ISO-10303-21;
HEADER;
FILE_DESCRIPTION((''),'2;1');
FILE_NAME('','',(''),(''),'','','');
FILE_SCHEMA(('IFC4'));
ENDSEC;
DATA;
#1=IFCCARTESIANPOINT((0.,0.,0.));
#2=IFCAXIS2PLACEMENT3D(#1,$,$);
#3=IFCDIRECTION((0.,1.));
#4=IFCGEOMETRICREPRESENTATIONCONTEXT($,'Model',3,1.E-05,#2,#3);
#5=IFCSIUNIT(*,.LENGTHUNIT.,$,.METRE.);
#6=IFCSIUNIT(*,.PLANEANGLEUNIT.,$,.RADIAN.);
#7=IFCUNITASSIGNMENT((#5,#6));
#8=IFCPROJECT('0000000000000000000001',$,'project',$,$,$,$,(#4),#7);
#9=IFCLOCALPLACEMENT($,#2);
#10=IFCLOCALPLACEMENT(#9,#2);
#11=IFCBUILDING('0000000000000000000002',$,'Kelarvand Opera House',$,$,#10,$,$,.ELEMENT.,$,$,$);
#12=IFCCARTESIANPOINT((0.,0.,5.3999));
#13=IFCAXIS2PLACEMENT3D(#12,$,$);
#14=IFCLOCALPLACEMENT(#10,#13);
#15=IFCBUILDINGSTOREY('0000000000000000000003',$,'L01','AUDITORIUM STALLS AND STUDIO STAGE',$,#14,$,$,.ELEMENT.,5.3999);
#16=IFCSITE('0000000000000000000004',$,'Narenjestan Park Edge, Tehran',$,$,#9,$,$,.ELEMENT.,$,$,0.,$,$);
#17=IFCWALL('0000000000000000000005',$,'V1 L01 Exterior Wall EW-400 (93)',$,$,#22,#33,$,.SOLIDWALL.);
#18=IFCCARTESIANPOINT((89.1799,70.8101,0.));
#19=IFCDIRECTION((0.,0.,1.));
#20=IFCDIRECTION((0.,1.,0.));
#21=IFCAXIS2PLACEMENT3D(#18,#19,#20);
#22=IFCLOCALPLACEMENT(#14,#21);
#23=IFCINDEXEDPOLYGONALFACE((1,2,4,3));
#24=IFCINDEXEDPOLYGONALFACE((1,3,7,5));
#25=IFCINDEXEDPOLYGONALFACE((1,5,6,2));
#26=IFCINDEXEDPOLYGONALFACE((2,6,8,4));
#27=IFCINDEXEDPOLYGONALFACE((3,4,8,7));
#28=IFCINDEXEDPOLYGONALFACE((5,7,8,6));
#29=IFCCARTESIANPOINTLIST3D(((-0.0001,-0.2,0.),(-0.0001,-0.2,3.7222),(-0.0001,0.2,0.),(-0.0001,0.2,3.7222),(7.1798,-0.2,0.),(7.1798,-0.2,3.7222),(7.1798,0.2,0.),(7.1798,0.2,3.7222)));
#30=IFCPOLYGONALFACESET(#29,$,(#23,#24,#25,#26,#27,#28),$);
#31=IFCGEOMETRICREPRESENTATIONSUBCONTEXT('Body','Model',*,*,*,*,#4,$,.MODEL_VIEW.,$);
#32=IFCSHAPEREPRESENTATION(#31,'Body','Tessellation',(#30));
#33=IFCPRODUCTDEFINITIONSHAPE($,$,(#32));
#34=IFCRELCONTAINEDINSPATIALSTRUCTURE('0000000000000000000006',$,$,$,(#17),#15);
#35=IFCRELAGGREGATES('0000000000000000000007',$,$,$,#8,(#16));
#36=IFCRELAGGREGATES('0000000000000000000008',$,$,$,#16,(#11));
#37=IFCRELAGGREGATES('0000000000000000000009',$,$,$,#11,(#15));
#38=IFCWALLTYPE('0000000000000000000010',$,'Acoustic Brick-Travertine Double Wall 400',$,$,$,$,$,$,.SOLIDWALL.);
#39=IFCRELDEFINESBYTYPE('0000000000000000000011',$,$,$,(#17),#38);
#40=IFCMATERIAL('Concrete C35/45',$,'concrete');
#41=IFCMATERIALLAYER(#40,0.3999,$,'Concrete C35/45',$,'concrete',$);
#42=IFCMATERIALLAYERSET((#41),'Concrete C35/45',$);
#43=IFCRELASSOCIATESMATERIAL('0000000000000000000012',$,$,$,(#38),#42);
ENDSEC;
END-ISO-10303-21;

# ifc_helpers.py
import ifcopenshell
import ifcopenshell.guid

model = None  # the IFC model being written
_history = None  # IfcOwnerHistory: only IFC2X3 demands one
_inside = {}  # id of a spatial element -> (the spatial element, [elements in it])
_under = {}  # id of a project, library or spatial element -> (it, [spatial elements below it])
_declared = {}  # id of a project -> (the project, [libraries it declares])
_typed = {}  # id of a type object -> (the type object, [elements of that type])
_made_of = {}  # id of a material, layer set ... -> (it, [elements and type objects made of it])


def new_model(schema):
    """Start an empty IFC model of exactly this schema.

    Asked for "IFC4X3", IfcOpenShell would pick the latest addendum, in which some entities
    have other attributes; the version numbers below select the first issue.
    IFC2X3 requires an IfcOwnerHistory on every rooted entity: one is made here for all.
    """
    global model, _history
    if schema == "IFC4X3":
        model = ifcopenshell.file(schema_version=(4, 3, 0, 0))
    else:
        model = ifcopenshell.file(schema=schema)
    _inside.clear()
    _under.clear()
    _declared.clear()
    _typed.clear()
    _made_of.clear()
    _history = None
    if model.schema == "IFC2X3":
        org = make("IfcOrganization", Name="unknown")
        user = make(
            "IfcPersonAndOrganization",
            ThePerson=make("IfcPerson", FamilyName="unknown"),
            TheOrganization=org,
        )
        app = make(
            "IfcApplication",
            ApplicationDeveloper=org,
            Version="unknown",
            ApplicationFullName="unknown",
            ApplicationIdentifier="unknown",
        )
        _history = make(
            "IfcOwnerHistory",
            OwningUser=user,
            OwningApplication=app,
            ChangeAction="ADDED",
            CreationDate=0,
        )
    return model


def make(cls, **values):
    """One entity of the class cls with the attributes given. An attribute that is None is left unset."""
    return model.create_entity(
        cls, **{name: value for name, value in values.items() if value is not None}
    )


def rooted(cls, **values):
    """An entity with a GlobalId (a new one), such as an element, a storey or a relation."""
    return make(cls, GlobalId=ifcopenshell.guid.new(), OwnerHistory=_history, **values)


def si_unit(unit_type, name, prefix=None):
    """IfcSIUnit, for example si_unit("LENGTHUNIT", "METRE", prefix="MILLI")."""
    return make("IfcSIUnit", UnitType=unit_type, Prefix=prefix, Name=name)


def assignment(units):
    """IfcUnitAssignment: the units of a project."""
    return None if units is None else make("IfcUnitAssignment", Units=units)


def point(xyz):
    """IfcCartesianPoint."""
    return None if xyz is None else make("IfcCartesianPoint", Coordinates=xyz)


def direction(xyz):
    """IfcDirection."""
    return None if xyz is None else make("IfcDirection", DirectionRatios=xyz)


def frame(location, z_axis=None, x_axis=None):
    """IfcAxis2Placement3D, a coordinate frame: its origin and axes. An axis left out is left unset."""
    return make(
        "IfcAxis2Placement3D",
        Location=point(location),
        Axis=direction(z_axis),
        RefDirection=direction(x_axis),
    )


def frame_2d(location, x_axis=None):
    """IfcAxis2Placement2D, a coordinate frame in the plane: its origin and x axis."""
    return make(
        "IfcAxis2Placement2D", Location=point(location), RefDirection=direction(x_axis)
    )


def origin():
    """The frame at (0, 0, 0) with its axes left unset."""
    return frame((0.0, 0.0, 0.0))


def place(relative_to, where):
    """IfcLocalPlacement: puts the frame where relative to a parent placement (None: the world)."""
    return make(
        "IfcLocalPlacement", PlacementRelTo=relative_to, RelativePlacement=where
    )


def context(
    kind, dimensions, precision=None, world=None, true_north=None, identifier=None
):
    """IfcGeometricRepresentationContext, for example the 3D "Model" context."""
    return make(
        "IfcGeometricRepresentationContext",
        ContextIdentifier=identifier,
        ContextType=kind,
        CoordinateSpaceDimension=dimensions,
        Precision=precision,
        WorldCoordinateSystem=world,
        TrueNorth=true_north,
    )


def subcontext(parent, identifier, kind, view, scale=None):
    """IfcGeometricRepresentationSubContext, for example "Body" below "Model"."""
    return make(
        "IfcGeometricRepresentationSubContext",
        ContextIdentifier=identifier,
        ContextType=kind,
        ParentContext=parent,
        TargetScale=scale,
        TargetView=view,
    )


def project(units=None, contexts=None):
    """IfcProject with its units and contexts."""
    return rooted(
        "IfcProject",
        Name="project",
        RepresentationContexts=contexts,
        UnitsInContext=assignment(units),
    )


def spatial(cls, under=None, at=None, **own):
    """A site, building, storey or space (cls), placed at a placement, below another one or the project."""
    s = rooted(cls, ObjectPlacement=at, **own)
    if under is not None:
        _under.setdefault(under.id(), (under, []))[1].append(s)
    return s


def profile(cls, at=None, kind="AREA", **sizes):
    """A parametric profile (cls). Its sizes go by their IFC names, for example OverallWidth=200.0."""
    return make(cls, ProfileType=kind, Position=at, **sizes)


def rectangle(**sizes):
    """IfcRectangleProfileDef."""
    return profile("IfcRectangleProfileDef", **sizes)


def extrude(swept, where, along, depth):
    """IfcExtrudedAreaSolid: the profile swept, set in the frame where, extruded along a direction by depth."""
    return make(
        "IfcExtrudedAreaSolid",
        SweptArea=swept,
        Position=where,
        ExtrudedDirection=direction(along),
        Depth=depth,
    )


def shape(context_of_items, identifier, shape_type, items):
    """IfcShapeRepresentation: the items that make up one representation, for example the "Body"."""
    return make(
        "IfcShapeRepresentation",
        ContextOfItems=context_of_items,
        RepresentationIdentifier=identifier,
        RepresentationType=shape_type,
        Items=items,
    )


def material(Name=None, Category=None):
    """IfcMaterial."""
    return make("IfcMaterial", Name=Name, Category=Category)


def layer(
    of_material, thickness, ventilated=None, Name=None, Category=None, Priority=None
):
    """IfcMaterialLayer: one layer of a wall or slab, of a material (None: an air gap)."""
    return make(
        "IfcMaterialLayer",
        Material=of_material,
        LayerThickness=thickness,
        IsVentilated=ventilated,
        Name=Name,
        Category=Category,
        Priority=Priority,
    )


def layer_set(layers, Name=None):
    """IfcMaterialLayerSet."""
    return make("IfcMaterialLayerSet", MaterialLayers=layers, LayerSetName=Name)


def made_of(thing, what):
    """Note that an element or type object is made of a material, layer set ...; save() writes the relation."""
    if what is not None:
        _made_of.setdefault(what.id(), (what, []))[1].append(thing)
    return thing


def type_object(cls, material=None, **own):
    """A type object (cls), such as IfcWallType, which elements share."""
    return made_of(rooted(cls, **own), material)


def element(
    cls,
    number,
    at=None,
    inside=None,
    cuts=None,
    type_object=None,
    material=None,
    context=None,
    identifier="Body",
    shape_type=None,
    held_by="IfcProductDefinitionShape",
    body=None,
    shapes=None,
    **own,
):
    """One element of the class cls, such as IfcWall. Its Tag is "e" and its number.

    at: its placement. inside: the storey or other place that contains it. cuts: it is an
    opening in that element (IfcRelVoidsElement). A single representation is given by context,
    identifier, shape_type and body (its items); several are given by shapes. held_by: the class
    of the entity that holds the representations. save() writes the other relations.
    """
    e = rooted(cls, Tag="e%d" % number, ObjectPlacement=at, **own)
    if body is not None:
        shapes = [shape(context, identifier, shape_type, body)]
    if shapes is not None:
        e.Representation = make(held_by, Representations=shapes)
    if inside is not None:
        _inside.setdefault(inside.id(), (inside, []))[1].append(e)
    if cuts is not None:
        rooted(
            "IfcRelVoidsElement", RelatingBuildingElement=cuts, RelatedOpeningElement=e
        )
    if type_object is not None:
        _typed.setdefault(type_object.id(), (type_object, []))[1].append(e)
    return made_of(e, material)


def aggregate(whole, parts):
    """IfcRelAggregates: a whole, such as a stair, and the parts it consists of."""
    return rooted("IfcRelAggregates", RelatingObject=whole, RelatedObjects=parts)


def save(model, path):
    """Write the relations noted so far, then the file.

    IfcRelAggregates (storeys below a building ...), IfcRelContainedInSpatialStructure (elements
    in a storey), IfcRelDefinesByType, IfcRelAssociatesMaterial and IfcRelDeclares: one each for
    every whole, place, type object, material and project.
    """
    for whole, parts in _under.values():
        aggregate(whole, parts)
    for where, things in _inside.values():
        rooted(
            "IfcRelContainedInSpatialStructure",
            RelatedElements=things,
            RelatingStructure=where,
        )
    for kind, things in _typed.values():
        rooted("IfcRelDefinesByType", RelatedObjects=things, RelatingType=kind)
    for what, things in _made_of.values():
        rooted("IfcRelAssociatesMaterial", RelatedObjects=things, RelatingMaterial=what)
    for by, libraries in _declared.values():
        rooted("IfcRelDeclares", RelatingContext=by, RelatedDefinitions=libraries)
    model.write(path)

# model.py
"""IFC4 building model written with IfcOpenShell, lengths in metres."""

from ifc_helpers import new_model, si_unit, direction, frame, frame_2d, origin, place, context, subcontext, project, spatial, rectangle, extrude, material, layer, layer_set, type_object, element, save


model = new_model("IFC4")

# Units and contexts
model_context = context("Model", 3, precision=1e-05, world=origin(), true_north=direction((0.0, 1.0)))
body_context = subcontext(model_context, "Body", "Model", "MODEL_VIEW")
ifc_project = project(units=[si_unit("LENGTHUNIT", "METRE"), si_unit("PLANEANGLEUNIT", "RADIAN")], contexts=[model_context])

# Site, building, storey
site_placement = place(None, origin())
site = spatial("IfcSite", under=ifc_project, at=site_placement, Name="Narenjestan Park Edge, Tehran", CompositionType="ELEMENT", RefElevation=0.0)
building_placement = place(site_placement, origin())
building = spatial("IfcBuilding", under=site, at=building_placement, Name="Kelarvand Opera House", CompositionType="ELEMENT")
storey_placement = place(building_placement, frame((0.0, 0.0, 5.3999)))
storey = spatial("IfcBuildingStorey", under=building, at=storey_placement, Name="L01", Description="AUDITORIUM STALLS AND STUDIO STAGE", CompositionType="ELEMENT", Elevation=5.3999)

# Wall
ifc_material_1 = material(Name="Concrete C35/45", Category="concrete")
ifc_layer_1 = layer(ifc_material_1, 0.3999, Name="Concrete C35/45", Category="concrete")
ifc_layer_set_1 = layer_set([ifc_layer_1], Name="Concrete C35/45")
wall_type_1 = type_object("IfcWallType", Name="Acoustic Brick-Travertine Double Wall 400", PredefinedType="SOLIDWALL", material=ifc_layer_set_1)
wall_1_placement = place(storey_placement, frame((89.1799, 70.8101, 0.0), z_axis=(0.0, 0.0, 1.0), x_axis=(0.0, 1.0, 0.0)))
element("IfcWall", 1, at=wall_1_placement, inside=storey, type_object=wall_type_1, Name="V1 L01 Exterior Wall EW-400 (93)", PredefinedType="SOLIDWALL", context=body_context, shape_type="SweptSolid", body=[
    extrude(rectangle(XDim=7.1799, YDim=0.3999, at=frame_2d((3.5898, 0.0))), origin(), (0.0, 0.0, 1.0), 3.7222),
])

save(model, "model.ifc")
